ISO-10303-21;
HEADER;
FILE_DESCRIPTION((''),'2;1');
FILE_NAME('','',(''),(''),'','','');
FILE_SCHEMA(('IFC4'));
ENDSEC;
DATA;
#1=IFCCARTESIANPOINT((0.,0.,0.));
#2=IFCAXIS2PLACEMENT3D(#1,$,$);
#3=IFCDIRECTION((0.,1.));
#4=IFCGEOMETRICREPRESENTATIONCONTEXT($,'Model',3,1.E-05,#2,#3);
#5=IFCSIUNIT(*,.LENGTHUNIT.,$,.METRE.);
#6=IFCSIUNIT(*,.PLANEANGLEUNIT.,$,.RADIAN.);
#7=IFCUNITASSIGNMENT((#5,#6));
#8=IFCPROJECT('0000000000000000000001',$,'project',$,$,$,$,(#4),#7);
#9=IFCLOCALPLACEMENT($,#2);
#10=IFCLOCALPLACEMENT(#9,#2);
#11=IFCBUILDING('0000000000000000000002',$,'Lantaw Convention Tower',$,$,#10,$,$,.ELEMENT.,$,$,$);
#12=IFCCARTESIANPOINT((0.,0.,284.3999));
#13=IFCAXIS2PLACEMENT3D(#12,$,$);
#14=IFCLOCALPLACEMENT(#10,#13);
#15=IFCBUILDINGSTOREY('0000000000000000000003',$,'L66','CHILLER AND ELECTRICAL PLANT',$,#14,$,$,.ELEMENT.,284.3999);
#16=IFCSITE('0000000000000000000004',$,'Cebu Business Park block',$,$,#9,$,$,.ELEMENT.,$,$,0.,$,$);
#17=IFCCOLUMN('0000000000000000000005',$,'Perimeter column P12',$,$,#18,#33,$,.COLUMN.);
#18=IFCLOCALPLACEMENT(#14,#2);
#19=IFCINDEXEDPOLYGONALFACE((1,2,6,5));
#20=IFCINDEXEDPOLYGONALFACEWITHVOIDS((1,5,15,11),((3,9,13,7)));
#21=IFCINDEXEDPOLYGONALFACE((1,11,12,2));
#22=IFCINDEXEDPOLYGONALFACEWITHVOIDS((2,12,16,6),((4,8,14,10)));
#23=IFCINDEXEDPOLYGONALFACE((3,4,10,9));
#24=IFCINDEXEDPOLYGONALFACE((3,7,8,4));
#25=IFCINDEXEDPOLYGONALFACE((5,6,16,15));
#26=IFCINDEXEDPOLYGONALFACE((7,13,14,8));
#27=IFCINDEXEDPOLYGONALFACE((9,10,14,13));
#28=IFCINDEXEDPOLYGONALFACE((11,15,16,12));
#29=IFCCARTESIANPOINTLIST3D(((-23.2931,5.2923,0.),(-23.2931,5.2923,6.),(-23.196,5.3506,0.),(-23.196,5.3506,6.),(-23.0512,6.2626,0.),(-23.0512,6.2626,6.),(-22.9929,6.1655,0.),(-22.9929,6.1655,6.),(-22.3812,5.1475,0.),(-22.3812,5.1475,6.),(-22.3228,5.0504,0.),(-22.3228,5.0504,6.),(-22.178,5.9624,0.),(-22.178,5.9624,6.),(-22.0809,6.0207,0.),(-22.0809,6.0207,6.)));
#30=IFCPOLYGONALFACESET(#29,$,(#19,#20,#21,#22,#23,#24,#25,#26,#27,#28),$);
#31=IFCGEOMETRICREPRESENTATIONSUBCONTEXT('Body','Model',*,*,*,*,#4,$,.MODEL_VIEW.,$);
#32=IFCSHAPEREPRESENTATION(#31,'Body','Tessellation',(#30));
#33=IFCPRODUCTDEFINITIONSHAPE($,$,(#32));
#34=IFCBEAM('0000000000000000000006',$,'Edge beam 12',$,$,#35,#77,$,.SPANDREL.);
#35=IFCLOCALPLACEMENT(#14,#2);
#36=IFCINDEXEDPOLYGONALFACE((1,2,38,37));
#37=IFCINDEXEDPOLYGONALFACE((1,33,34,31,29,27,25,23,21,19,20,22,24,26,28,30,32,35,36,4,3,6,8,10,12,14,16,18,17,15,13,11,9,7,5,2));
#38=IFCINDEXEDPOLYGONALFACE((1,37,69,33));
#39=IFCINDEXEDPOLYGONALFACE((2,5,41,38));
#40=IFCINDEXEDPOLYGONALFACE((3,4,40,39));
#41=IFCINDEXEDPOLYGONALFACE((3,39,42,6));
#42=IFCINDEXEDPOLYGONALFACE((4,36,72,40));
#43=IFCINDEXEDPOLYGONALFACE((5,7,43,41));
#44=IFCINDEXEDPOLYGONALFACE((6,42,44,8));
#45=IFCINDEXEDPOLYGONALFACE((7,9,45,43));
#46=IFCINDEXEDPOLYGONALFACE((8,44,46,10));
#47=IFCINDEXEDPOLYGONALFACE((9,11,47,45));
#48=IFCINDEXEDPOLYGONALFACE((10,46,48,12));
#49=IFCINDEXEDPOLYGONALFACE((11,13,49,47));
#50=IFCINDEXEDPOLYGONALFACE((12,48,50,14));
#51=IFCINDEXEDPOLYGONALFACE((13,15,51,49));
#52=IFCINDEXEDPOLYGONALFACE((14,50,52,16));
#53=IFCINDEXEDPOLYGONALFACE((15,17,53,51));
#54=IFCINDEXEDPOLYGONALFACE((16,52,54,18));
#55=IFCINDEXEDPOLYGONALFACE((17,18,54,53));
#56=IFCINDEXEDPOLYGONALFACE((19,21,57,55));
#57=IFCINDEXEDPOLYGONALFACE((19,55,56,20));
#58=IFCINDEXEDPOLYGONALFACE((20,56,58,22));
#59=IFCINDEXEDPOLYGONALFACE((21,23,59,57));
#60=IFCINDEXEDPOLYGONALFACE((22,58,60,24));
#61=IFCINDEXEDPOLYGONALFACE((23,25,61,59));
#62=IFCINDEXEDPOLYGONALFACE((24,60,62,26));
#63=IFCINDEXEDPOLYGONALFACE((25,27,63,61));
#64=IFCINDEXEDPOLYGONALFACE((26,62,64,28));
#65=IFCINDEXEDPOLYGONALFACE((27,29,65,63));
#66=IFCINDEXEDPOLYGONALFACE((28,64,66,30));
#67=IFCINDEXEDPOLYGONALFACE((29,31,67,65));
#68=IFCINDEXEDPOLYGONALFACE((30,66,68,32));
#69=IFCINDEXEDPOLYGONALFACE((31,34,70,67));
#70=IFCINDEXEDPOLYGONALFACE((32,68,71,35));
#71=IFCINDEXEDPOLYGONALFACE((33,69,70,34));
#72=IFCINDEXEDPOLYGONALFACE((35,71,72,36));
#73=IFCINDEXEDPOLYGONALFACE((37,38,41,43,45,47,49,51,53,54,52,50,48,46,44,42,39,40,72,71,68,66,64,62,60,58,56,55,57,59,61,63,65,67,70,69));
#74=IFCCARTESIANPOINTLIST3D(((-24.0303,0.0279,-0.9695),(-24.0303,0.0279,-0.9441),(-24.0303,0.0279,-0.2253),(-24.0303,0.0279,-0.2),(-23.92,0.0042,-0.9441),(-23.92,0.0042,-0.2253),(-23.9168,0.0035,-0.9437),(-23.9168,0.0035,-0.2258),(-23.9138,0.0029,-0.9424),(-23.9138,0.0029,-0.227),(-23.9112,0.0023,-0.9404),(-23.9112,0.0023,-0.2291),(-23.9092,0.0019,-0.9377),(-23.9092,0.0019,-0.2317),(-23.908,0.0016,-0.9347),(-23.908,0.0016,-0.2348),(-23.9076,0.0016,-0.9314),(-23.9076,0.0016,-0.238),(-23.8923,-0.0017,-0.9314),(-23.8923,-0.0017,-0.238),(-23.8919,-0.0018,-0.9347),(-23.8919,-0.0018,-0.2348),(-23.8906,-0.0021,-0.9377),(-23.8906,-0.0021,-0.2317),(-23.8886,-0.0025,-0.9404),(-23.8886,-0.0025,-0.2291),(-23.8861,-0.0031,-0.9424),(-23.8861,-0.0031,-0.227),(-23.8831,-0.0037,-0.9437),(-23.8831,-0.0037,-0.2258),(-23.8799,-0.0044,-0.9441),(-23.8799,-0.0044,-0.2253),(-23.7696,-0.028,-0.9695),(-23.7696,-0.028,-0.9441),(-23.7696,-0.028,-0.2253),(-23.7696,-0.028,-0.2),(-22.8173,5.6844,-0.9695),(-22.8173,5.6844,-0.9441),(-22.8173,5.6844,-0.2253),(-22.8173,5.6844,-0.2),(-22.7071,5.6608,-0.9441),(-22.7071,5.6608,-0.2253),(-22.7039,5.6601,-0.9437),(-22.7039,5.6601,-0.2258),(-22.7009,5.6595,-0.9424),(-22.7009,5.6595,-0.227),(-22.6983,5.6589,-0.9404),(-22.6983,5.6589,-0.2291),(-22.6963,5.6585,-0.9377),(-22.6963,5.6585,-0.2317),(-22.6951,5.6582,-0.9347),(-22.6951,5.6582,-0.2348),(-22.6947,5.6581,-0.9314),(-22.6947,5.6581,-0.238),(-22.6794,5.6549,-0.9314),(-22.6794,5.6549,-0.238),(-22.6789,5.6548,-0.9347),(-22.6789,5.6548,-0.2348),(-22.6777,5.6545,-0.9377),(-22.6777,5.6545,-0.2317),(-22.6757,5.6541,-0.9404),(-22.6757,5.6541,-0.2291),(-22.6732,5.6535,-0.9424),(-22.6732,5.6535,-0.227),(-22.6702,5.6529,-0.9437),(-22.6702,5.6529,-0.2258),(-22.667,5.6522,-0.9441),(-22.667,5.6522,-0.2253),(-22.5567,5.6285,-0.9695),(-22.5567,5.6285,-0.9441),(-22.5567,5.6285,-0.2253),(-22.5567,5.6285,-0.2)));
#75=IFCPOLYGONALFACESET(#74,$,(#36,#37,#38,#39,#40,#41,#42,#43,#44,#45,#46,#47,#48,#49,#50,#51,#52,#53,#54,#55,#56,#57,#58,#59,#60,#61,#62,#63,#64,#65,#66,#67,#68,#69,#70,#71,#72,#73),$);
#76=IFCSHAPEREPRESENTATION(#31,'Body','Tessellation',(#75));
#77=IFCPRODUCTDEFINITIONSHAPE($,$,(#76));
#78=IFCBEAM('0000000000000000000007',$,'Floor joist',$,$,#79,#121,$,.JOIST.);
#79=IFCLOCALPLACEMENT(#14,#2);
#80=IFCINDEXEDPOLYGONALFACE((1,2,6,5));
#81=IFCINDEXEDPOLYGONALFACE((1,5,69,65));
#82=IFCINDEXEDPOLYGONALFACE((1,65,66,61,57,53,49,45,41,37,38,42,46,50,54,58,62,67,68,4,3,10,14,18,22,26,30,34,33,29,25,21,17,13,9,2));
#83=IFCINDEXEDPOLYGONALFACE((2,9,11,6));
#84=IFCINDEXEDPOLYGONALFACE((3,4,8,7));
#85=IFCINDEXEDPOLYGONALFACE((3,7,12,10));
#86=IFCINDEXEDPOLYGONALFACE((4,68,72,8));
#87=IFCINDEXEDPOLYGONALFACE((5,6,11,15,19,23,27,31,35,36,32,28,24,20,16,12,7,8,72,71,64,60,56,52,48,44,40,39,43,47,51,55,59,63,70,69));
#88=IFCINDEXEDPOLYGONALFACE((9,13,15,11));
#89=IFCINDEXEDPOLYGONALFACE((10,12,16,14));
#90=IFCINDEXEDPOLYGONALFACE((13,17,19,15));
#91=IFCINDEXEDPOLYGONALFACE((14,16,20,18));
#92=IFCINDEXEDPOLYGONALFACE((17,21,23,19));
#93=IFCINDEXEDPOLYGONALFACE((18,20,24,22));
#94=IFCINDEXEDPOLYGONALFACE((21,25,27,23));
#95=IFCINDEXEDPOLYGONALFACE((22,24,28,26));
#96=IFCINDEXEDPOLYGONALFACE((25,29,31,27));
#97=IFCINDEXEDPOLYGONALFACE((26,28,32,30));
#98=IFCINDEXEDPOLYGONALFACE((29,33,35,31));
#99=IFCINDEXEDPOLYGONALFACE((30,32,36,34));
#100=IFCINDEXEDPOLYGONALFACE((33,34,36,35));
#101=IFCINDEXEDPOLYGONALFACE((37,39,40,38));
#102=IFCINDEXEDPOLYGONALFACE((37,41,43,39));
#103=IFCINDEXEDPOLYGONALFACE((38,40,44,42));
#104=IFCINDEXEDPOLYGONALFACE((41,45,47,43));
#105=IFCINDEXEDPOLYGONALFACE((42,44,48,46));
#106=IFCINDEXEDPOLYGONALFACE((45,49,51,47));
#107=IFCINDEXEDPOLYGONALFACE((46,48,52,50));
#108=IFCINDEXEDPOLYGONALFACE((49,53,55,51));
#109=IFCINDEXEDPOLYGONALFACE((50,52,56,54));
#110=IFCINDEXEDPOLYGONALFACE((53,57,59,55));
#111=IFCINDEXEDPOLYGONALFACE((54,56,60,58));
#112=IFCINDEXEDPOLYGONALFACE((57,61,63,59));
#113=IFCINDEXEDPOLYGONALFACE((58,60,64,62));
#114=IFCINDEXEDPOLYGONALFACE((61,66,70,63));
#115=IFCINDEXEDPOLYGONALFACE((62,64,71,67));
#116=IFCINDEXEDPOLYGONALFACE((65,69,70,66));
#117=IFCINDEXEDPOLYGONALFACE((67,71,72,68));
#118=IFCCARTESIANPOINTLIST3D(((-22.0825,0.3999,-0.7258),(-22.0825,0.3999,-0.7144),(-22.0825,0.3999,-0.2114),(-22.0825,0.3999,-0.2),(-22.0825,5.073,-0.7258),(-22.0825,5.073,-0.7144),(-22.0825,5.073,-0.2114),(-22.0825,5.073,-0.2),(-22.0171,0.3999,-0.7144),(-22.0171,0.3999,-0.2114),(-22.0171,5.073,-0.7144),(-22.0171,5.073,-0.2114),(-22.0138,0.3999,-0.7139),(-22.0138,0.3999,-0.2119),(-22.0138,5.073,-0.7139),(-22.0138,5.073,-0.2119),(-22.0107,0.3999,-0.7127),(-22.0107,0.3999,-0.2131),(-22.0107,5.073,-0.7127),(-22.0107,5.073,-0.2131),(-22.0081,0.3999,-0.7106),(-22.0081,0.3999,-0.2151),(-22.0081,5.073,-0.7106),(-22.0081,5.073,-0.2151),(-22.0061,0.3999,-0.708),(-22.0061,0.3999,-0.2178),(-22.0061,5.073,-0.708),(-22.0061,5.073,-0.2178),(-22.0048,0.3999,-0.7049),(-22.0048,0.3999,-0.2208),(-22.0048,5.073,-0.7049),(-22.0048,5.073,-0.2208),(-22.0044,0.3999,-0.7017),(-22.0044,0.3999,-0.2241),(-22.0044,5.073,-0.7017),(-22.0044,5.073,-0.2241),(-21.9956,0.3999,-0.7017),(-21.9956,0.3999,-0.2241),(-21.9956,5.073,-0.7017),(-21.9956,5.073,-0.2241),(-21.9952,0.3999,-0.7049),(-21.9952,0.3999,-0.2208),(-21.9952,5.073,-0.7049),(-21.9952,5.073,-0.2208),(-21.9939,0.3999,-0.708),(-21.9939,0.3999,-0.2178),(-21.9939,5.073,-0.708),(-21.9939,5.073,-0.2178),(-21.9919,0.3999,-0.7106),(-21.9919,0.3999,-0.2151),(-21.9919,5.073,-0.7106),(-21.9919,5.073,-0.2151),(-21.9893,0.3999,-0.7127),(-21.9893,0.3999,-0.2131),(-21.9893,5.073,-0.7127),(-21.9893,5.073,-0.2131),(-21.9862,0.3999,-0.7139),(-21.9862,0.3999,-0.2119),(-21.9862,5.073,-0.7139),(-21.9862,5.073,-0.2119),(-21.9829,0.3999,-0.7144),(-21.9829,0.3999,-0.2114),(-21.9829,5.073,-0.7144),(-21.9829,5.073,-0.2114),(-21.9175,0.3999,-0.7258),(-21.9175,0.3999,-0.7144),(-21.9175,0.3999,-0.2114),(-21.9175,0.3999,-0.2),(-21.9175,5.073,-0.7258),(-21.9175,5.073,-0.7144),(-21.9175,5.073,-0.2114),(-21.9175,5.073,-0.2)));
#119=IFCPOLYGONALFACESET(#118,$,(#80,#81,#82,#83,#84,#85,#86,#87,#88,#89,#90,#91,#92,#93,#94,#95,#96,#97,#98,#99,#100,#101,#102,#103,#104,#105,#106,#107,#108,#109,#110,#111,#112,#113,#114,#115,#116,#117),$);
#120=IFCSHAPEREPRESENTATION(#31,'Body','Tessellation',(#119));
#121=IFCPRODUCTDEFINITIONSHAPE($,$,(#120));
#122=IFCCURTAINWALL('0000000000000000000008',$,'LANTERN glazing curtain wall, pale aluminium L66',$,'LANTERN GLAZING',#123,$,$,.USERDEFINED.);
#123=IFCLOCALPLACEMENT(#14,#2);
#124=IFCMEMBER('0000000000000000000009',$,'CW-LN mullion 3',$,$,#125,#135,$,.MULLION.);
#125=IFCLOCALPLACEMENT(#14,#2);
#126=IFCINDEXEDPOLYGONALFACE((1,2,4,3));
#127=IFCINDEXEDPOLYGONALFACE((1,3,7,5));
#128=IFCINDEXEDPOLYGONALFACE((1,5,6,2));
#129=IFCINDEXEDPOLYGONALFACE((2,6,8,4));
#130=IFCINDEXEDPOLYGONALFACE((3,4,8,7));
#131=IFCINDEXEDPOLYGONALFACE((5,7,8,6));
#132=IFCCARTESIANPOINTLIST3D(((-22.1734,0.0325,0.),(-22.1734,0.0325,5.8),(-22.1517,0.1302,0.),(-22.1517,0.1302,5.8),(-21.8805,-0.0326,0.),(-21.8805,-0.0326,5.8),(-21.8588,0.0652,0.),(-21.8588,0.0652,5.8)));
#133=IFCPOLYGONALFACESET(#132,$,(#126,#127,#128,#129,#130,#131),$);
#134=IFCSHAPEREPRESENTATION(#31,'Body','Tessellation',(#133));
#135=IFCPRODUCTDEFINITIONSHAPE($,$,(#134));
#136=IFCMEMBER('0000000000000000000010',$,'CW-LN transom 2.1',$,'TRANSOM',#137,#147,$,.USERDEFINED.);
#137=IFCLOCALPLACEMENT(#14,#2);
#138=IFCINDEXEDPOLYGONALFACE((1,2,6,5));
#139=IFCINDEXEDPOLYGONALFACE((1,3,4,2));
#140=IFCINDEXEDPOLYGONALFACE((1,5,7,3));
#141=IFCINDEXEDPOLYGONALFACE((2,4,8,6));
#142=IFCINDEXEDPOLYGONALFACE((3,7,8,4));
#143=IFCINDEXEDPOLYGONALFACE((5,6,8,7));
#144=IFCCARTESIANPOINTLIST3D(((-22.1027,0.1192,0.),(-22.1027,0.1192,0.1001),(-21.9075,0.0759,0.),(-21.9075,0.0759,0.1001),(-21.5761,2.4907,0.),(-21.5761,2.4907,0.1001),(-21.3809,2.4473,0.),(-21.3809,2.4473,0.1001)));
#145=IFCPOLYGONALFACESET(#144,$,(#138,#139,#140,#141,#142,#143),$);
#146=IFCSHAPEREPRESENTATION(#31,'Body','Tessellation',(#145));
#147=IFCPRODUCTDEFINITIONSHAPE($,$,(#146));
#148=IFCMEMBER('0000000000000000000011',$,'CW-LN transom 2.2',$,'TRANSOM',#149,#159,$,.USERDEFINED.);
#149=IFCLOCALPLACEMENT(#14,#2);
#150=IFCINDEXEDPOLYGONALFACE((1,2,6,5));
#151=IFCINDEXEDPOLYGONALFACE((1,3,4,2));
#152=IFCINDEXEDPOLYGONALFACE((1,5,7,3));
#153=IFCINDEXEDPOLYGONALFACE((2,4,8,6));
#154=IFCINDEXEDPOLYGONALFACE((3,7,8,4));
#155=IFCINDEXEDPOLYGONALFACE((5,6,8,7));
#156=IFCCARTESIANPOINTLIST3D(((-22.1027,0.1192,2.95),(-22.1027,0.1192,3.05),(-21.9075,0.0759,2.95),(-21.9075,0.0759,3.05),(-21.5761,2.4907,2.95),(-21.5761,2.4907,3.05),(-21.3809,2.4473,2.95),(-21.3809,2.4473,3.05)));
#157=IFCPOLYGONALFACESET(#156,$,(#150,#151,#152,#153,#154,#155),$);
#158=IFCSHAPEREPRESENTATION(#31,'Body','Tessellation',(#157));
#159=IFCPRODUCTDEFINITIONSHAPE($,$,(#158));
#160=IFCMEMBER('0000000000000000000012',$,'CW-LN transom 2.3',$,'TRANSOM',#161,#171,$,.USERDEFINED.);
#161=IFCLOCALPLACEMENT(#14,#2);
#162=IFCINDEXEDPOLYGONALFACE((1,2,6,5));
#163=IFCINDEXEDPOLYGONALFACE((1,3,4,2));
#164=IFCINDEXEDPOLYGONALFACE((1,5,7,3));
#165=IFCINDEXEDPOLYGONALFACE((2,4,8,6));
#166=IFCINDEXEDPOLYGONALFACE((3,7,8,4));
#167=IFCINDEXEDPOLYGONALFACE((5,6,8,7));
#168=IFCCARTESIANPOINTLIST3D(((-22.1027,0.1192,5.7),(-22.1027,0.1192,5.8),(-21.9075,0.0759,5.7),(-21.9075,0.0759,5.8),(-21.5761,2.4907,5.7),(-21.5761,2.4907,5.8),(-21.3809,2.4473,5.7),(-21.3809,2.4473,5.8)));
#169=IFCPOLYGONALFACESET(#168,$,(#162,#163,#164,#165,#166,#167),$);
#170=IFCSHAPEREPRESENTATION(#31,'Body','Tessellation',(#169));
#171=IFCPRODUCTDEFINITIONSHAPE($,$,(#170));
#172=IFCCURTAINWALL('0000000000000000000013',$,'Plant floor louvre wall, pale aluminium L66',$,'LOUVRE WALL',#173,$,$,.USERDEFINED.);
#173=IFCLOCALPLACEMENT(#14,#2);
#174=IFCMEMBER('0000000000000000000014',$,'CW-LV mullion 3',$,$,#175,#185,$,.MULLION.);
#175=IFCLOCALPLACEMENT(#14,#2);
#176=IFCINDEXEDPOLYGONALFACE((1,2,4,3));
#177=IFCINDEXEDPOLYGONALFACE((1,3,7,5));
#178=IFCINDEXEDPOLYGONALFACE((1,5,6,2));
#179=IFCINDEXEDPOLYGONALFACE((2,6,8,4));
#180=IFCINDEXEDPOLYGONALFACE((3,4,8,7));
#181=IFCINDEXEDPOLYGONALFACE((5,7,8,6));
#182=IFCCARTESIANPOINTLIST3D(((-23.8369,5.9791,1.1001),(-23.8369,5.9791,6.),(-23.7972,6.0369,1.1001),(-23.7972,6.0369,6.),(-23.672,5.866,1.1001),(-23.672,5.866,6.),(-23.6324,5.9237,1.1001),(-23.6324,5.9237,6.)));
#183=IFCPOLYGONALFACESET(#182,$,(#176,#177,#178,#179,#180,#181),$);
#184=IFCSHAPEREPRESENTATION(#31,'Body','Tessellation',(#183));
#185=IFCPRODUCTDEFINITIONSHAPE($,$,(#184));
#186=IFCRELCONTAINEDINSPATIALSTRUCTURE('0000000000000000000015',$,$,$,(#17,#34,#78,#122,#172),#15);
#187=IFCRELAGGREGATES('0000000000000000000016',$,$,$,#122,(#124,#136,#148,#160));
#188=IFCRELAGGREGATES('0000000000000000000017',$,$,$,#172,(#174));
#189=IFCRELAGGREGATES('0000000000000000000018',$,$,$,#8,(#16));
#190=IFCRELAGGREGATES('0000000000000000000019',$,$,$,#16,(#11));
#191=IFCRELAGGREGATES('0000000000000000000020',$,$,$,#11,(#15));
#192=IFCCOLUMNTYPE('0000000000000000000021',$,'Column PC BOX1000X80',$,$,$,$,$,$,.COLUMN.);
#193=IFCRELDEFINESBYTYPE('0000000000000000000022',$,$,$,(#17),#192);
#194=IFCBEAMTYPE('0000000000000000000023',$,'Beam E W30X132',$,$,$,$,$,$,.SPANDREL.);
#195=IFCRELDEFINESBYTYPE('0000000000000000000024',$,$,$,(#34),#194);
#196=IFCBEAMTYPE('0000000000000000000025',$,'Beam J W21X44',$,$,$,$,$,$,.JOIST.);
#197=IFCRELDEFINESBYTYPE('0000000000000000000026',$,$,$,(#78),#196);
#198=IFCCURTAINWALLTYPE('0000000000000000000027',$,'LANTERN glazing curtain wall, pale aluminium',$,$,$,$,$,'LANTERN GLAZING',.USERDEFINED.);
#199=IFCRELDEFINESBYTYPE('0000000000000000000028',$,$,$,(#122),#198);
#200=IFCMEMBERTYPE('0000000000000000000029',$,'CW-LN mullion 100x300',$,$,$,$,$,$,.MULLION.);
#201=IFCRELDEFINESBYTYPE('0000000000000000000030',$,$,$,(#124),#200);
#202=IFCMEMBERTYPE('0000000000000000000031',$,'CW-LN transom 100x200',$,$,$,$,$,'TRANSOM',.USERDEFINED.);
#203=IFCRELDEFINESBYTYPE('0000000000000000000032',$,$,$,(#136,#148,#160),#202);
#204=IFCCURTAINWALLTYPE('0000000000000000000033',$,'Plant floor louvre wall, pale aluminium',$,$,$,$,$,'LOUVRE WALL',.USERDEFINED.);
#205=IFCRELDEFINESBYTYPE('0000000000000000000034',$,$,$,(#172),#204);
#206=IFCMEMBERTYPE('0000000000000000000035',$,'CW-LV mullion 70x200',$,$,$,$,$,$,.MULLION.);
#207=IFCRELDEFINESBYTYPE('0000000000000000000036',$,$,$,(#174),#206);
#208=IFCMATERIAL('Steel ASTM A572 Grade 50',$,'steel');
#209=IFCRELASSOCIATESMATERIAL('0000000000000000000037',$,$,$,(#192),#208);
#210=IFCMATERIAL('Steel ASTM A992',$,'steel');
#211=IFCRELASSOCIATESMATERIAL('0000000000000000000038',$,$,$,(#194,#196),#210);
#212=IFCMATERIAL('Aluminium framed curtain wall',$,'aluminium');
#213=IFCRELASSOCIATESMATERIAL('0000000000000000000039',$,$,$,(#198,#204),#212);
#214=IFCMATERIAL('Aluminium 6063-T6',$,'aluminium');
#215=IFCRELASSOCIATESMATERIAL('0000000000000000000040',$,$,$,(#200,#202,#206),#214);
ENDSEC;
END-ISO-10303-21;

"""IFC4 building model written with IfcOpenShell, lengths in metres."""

from ifc_helpers import new_model, si_unit, direction, frame, origin, origin_2d, place, context, subcontext, project, spatial, rectangle, hollow_rectangle, i_section, extrude, material, material_profile, profile_set, type_object, element, aggregate, save


model = new_model("IFC4")

# Units and contexts
model_context = context("Model", 3, precision=1e-05, world=origin(), true_north=direction((0.0, 1.0)))
body_context = subcontext(model_context, "Body", "Model", "MODEL_VIEW")
ifc_project = project(units=[si_unit("LENGTHUNIT", "METRE"), si_unit("PLANEANGLEUNIT", "RADIAN")], contexts=[model_context])

# Site, building, storey
site_placement = place(None, origin())
site = spatial("IfcSite", under=ifc_project, at=site_placement, Name="Cebu Business Park block", CompositionType="ELEMENT", RefElevation=0.0)
building_placement = place(site_placement, origin())
building = spatial("IfcBuilding", under=site, at=building_placement, Name="Lantaw Convention Tower", CompositionType="ELEMENT")
storey_placement = place(building_placement, frame((0.0, 0.0, 284.3999)))
storey = spatial("IfcBuildingStorey", under=building, at=storey_placement, Name="L66", Description="CHILLER AND ELECTRICAL PLANT", CompositionType="ELEMENT", Elevation=284.3999)

# Column
ifc_material_1 = material(Name="Steel ASTM A572 Grade 50", Category="steel")
ifc_material_profile_1 = material_profile(ifc_material_1, hollow_rectangle(XDim=1.0, YDim=1.0, WallThickness=0.0801, at=origin_2d()), Name="BOX1000X80")
ifc_material_2 = material(Name="Concrete C60/75", Category="concrete")
ifc_material_profile_2 = material_profile(ifc_material_2, rectangle(XDim=0.8401, YDim=0.8401, at=origin_2d()), Name="Concrete fill of BOX1000X80")
ifc_profile_set_1 = profile_set([ifc_material_profile_1, ifc_material_profile_2], Name="Steel ASTM A572 Grade 50")
column_type = type_object("IfcColumnType", Name="Column PC BOX1000X80", PredefinedType="COLUMN", material=ifc_profile_set_1)
column_placement = place(storey_placement, frame((-22.687, 5.6565, 0.0), z_axis=(0.0, 0.0, 1.0), x_axis=(0.241922, 0.970296, 0.0)))
element("IfcColumn", 1, at=column_placement, inside=storey, type_object=column_type, Name="Perimeter column P12", PredefinedType="COLUMN", context=body_context, shape_type="SweptSolid", body=[
    extrude(hollow_rectangle(XDim=1.0, YDim=1.0, WallThickness=0.0801, at=origin_2d()), origin(), (0.0, 0.0, 1.0), 6.0),
])

# Beams
ifc_material_3 = material(Name="Steel ASTM A992", Category="steel")
ifc_material_profile_3 = material_profile(ifc_material_3, i_section(OverallWidth=0.2666, OverallDepth=0.7695, WebThickness=0.0156, FlangeThickness=0.0254, FilletRadius=0.0127, at=origin_2d()), Name="W30X132")
ifc_profile_set_2 = profile_set([ifc_material_profile_3], Name="Steel ASTM A992")
beam_type_1 = type_object("IfcBeamType", Name="Beam E W30X132", PredefinedType="SPANDREL", material=ifc_profile_set_2)
beam_1_placement = place(storey_placement, frame((-22.687, 5.6565, -0.5847), z_axis=(-0.209659, -0.977775, 0.0), x_axis=(0.977775, -0.209659, 0.0)))
element("IfcBeam", 2, at=beam_1_placement, inside=storey, type_object=beam_type_1, Name="Edge beam 12", PredefinedType="SPANDREL", context=body_context, shape_type="SweptSolid", body=[
    extrude(i_section(OverallWidth=0.2666, OverallDepth=0.7695, WebThickness=0.0156, FlangeThickness=0.0254, FilletRadius=0.0127, at=origin_2d()), origin(), (0.0, 0.0, 1.0), 5.7852),
])
ifc_material_profile_4 = material_profile(ifc_material_3, i_section(OverallWidth=0.165, OverallDepth=0.5259, WebThickness=0.0088, FlangeThickness=0.0115, FilletRadius=0.0127, at=origin_2d()), Name="W21X44")
ifc_profile_set_3 = profile_set([ifc_material_profile_4], Name="Steel ASTM A992")
beam_type_2 = type_object("IfcBeamType", Name="Beam J W21X44", PredefinedType="JOIST", material=ifc_profile_set_3)
beam_2_placement = place(storey_placement, frame((-22.0, 0.3999, -0.4629), z_axis=(0.0, 1.0, 0.0), x_axis=(-1.0, 0.0, 0.0)))
element("IfcBeam", 3, at=beam_2_placement, inside=storey, type_object=beam_type_2, Name="Floor joist", PredefinedType="JOIST", context=body_context, shape_type="SweptSolid", body=[
    extrude(i_section(OverallWidth=0.165, OverallDepth=0.5259, WebThickness=0.0088, FlangeThickness=0.0115, FilletRadius=0.0127, at=origin_2d()), origin(), (0.0, 0.0, 1.0), 4.6731),
])

# Curtain wall, members
ifc_material_4 = material(Name="Aluminium framed curtain wall", Category="aluminium")
curtain_wall_type_1 = type_object("IfcCurtainWallType", Name="LANTERN glazing curtain wall, pale aluminium", ElementType="LANTERN GLAZING", PredefinedType="USERDEFINED", material=ifc_material_4)
curtain_wall_1_placement = place(storey_placement, origin())
curtain_wall_1 = element("IfcCurtainWall", 4, at=curtain_wall_1_placement, inside=storey, type_object=curtain_wall_type_1, Name="LANTERN glazing curtain wall, pale aluminium L66", ObjectType="LANTERN GLAZING", PredefinedType="USERDEFINED")
ifc_material_5 = material(Name="Aluminium 6063-T6", Category="aluminium")
ifc_material_profile_5 = material_profile(ifc_material_5, rectangle(XDim=0.3, YDim=0.1001, at=origin_2d()), Name="CW-LN mullion 100x300")
ifc_profile_set_4 = profile_set([ifc_material_profile_5], Name="Aluminium 6063-T6")
member_type_1 = type_object("IfcMemberType", Name="CW-LN mullion 100x300", PredefinedType="MULLION", material=ifc_profile_set_4)
member_1_placement = place(storey_placement, frame((-22.0161, 0.0488, 0.0), z_axis=(0.0, 0.0, 1.0), x_axis=(0.976224, -0.216765, 0.0)))
member_1 = element("IfcMember", 5, at=member_1_placement, type_object=member_type_1, Name="CW-LN mullion 3", PredefinedType="MULLION", context=body_context, shape_type="SweptSolid", body=[
    extrude(rectangle(XDim=0.3, YDim=0.1001, at=origin_2d()), origin(), (0.0, 0.0, 1.0), 5.8),
])
ifc_material_profile_6 = material_profile(ifc_material_5, rectangle(XDim=0.2, YDim=0.1001, at=origin_2d()), Name="CW-LN transom 100x200")
ifc_profile_set_5 = profile_set([ifc_material_profile_6], Name="Aluminium 6063-T6")
member_type_2 = type_object("IfcMemberType", Name="CW-LN transom 100x200", ElementType="TRANSOM", PredefinedType="USERDEFINED", material=ifc_profile_set_5)
member_2_placement = place(storey_placement, frame((-21.4785, 2.469, 0.05), z_axis=(-0.216792, -0.976218, 0.0), x_axis=(0.976218, -0.216792, 0.0)))
member_2 = element("IfcMember", 6, at=member_2_placement, type_object=member_type_2, Name="CW-LN transom 2.1", ObjectType="TRANSOM", PredefinedType="USERDEFINED", context=body_context, shape_type="SweptSolid", body=[
    extrude(rectangle(XDim=0.2, YDim=0.1001, at=origin_2d()), origin(), (0.0, 0.0, 1.0), 2.4292),
])
member_3_placement = place(storey_placement, frame((-21.4785, 2.469, 3.0), z_axis=(-0.216792, -0.976218, 0.0), x_axis=(0.976218, -0.216792, 0.0)))
member_3 = element("IfcMember", 7, at=member_3_placement, type_object=member_type_2, Name="CW-LN transom 2.2", ObjectType="TRANSOM", PredefinedType="USERDEFINED", context=body_context, shape_type="SweptSolid", body=[
    extrude(rectangle(XDim=0.2, YDim=0.1001, at=origin_2d()), origin(), (0.0, 0.0, 1.0), 2.4292),
])
member_4_placement = place(storey_placement, frame((-21.4785, 2.469, 5.75), z_axis=(-0.216792, -0.976218, 0.0), x_axis=(0.976218, -0.216792, 0.0)))
member_4 = element("IfcMember", 8, at=member_4_placement, type_object=member_type_2, Name="CW-LN transom 2.3", ObjectType="TRANSOM", PredefinedType="USERDEFINED", context=body_context, shape_type="SweptSolid", body=[
    extrude(rectangle(XDim=0.2, YDim=0.1001, at=origin_2d()), origin(), (0.0, 0.0, 1.0), 2.4292),
])

# Curtain wall, member
curtain_wall_type_2 = type_object("IfcCurtainWallType", Name="Plant floor louvre wall, pale aluminium", ElementType="LOUVRE WALL", PredefinedType="USERDEFINED", material=ifc_material_4)
curtain_wall_2_placement = place(storey_placement, origin())
curtain_wall_2 = element("IfcCurtainWall", 9, at=curtain_wall_2_placement, inside=storey, type_object=curtain_wall_type_2, Name="Plant floor louvre wall, pale aluminium L66", ObjectType="LOUVRE WALL", PredefinedType="USERDEFINED")
ifc_material_profile_7 = material_profile(ifc_material_5, rectangle(XDim=0.2, YDim=0.0701, at=origin_2d()), Name="CW-LV mullion 70x200")
ifc_profile_set_6 = profile_set([ifc_material_profile_7], Name="Aluminium 6063-T6")
member_type_3 = type_object("IfcMemberType", Name="CW-LV mullion 70x200", PredefinedType="MULLION", material=ifc_profile_set_6)
member_5_placement = place(storey_placement, frame((-23.7346, 5.9514, 1.1001), z_axis=(0.0, 0.0, 1.0), x_axis=(0.82445, -0.565935, 0.0)))
member_5 = element("IfcMember", 10, at=member_5_placement, type_object=member_type_3, Name="CW-LV mullion 3", PredefinedType="MULLION", context=body_context, shape_type="SweptSolid", body=[
    extrude(rectangle(XDim=0.2, YDim=0.0701, at=origin_2d()), origin(), (0.0, 0.0, 1.0), 4.8999),
])

aggregate(curtain_wall_1, [member_1, member_2, member_3, member_4])
aggregate(curtain_wall_2, [member_5])

save(model, "model.ifc")
